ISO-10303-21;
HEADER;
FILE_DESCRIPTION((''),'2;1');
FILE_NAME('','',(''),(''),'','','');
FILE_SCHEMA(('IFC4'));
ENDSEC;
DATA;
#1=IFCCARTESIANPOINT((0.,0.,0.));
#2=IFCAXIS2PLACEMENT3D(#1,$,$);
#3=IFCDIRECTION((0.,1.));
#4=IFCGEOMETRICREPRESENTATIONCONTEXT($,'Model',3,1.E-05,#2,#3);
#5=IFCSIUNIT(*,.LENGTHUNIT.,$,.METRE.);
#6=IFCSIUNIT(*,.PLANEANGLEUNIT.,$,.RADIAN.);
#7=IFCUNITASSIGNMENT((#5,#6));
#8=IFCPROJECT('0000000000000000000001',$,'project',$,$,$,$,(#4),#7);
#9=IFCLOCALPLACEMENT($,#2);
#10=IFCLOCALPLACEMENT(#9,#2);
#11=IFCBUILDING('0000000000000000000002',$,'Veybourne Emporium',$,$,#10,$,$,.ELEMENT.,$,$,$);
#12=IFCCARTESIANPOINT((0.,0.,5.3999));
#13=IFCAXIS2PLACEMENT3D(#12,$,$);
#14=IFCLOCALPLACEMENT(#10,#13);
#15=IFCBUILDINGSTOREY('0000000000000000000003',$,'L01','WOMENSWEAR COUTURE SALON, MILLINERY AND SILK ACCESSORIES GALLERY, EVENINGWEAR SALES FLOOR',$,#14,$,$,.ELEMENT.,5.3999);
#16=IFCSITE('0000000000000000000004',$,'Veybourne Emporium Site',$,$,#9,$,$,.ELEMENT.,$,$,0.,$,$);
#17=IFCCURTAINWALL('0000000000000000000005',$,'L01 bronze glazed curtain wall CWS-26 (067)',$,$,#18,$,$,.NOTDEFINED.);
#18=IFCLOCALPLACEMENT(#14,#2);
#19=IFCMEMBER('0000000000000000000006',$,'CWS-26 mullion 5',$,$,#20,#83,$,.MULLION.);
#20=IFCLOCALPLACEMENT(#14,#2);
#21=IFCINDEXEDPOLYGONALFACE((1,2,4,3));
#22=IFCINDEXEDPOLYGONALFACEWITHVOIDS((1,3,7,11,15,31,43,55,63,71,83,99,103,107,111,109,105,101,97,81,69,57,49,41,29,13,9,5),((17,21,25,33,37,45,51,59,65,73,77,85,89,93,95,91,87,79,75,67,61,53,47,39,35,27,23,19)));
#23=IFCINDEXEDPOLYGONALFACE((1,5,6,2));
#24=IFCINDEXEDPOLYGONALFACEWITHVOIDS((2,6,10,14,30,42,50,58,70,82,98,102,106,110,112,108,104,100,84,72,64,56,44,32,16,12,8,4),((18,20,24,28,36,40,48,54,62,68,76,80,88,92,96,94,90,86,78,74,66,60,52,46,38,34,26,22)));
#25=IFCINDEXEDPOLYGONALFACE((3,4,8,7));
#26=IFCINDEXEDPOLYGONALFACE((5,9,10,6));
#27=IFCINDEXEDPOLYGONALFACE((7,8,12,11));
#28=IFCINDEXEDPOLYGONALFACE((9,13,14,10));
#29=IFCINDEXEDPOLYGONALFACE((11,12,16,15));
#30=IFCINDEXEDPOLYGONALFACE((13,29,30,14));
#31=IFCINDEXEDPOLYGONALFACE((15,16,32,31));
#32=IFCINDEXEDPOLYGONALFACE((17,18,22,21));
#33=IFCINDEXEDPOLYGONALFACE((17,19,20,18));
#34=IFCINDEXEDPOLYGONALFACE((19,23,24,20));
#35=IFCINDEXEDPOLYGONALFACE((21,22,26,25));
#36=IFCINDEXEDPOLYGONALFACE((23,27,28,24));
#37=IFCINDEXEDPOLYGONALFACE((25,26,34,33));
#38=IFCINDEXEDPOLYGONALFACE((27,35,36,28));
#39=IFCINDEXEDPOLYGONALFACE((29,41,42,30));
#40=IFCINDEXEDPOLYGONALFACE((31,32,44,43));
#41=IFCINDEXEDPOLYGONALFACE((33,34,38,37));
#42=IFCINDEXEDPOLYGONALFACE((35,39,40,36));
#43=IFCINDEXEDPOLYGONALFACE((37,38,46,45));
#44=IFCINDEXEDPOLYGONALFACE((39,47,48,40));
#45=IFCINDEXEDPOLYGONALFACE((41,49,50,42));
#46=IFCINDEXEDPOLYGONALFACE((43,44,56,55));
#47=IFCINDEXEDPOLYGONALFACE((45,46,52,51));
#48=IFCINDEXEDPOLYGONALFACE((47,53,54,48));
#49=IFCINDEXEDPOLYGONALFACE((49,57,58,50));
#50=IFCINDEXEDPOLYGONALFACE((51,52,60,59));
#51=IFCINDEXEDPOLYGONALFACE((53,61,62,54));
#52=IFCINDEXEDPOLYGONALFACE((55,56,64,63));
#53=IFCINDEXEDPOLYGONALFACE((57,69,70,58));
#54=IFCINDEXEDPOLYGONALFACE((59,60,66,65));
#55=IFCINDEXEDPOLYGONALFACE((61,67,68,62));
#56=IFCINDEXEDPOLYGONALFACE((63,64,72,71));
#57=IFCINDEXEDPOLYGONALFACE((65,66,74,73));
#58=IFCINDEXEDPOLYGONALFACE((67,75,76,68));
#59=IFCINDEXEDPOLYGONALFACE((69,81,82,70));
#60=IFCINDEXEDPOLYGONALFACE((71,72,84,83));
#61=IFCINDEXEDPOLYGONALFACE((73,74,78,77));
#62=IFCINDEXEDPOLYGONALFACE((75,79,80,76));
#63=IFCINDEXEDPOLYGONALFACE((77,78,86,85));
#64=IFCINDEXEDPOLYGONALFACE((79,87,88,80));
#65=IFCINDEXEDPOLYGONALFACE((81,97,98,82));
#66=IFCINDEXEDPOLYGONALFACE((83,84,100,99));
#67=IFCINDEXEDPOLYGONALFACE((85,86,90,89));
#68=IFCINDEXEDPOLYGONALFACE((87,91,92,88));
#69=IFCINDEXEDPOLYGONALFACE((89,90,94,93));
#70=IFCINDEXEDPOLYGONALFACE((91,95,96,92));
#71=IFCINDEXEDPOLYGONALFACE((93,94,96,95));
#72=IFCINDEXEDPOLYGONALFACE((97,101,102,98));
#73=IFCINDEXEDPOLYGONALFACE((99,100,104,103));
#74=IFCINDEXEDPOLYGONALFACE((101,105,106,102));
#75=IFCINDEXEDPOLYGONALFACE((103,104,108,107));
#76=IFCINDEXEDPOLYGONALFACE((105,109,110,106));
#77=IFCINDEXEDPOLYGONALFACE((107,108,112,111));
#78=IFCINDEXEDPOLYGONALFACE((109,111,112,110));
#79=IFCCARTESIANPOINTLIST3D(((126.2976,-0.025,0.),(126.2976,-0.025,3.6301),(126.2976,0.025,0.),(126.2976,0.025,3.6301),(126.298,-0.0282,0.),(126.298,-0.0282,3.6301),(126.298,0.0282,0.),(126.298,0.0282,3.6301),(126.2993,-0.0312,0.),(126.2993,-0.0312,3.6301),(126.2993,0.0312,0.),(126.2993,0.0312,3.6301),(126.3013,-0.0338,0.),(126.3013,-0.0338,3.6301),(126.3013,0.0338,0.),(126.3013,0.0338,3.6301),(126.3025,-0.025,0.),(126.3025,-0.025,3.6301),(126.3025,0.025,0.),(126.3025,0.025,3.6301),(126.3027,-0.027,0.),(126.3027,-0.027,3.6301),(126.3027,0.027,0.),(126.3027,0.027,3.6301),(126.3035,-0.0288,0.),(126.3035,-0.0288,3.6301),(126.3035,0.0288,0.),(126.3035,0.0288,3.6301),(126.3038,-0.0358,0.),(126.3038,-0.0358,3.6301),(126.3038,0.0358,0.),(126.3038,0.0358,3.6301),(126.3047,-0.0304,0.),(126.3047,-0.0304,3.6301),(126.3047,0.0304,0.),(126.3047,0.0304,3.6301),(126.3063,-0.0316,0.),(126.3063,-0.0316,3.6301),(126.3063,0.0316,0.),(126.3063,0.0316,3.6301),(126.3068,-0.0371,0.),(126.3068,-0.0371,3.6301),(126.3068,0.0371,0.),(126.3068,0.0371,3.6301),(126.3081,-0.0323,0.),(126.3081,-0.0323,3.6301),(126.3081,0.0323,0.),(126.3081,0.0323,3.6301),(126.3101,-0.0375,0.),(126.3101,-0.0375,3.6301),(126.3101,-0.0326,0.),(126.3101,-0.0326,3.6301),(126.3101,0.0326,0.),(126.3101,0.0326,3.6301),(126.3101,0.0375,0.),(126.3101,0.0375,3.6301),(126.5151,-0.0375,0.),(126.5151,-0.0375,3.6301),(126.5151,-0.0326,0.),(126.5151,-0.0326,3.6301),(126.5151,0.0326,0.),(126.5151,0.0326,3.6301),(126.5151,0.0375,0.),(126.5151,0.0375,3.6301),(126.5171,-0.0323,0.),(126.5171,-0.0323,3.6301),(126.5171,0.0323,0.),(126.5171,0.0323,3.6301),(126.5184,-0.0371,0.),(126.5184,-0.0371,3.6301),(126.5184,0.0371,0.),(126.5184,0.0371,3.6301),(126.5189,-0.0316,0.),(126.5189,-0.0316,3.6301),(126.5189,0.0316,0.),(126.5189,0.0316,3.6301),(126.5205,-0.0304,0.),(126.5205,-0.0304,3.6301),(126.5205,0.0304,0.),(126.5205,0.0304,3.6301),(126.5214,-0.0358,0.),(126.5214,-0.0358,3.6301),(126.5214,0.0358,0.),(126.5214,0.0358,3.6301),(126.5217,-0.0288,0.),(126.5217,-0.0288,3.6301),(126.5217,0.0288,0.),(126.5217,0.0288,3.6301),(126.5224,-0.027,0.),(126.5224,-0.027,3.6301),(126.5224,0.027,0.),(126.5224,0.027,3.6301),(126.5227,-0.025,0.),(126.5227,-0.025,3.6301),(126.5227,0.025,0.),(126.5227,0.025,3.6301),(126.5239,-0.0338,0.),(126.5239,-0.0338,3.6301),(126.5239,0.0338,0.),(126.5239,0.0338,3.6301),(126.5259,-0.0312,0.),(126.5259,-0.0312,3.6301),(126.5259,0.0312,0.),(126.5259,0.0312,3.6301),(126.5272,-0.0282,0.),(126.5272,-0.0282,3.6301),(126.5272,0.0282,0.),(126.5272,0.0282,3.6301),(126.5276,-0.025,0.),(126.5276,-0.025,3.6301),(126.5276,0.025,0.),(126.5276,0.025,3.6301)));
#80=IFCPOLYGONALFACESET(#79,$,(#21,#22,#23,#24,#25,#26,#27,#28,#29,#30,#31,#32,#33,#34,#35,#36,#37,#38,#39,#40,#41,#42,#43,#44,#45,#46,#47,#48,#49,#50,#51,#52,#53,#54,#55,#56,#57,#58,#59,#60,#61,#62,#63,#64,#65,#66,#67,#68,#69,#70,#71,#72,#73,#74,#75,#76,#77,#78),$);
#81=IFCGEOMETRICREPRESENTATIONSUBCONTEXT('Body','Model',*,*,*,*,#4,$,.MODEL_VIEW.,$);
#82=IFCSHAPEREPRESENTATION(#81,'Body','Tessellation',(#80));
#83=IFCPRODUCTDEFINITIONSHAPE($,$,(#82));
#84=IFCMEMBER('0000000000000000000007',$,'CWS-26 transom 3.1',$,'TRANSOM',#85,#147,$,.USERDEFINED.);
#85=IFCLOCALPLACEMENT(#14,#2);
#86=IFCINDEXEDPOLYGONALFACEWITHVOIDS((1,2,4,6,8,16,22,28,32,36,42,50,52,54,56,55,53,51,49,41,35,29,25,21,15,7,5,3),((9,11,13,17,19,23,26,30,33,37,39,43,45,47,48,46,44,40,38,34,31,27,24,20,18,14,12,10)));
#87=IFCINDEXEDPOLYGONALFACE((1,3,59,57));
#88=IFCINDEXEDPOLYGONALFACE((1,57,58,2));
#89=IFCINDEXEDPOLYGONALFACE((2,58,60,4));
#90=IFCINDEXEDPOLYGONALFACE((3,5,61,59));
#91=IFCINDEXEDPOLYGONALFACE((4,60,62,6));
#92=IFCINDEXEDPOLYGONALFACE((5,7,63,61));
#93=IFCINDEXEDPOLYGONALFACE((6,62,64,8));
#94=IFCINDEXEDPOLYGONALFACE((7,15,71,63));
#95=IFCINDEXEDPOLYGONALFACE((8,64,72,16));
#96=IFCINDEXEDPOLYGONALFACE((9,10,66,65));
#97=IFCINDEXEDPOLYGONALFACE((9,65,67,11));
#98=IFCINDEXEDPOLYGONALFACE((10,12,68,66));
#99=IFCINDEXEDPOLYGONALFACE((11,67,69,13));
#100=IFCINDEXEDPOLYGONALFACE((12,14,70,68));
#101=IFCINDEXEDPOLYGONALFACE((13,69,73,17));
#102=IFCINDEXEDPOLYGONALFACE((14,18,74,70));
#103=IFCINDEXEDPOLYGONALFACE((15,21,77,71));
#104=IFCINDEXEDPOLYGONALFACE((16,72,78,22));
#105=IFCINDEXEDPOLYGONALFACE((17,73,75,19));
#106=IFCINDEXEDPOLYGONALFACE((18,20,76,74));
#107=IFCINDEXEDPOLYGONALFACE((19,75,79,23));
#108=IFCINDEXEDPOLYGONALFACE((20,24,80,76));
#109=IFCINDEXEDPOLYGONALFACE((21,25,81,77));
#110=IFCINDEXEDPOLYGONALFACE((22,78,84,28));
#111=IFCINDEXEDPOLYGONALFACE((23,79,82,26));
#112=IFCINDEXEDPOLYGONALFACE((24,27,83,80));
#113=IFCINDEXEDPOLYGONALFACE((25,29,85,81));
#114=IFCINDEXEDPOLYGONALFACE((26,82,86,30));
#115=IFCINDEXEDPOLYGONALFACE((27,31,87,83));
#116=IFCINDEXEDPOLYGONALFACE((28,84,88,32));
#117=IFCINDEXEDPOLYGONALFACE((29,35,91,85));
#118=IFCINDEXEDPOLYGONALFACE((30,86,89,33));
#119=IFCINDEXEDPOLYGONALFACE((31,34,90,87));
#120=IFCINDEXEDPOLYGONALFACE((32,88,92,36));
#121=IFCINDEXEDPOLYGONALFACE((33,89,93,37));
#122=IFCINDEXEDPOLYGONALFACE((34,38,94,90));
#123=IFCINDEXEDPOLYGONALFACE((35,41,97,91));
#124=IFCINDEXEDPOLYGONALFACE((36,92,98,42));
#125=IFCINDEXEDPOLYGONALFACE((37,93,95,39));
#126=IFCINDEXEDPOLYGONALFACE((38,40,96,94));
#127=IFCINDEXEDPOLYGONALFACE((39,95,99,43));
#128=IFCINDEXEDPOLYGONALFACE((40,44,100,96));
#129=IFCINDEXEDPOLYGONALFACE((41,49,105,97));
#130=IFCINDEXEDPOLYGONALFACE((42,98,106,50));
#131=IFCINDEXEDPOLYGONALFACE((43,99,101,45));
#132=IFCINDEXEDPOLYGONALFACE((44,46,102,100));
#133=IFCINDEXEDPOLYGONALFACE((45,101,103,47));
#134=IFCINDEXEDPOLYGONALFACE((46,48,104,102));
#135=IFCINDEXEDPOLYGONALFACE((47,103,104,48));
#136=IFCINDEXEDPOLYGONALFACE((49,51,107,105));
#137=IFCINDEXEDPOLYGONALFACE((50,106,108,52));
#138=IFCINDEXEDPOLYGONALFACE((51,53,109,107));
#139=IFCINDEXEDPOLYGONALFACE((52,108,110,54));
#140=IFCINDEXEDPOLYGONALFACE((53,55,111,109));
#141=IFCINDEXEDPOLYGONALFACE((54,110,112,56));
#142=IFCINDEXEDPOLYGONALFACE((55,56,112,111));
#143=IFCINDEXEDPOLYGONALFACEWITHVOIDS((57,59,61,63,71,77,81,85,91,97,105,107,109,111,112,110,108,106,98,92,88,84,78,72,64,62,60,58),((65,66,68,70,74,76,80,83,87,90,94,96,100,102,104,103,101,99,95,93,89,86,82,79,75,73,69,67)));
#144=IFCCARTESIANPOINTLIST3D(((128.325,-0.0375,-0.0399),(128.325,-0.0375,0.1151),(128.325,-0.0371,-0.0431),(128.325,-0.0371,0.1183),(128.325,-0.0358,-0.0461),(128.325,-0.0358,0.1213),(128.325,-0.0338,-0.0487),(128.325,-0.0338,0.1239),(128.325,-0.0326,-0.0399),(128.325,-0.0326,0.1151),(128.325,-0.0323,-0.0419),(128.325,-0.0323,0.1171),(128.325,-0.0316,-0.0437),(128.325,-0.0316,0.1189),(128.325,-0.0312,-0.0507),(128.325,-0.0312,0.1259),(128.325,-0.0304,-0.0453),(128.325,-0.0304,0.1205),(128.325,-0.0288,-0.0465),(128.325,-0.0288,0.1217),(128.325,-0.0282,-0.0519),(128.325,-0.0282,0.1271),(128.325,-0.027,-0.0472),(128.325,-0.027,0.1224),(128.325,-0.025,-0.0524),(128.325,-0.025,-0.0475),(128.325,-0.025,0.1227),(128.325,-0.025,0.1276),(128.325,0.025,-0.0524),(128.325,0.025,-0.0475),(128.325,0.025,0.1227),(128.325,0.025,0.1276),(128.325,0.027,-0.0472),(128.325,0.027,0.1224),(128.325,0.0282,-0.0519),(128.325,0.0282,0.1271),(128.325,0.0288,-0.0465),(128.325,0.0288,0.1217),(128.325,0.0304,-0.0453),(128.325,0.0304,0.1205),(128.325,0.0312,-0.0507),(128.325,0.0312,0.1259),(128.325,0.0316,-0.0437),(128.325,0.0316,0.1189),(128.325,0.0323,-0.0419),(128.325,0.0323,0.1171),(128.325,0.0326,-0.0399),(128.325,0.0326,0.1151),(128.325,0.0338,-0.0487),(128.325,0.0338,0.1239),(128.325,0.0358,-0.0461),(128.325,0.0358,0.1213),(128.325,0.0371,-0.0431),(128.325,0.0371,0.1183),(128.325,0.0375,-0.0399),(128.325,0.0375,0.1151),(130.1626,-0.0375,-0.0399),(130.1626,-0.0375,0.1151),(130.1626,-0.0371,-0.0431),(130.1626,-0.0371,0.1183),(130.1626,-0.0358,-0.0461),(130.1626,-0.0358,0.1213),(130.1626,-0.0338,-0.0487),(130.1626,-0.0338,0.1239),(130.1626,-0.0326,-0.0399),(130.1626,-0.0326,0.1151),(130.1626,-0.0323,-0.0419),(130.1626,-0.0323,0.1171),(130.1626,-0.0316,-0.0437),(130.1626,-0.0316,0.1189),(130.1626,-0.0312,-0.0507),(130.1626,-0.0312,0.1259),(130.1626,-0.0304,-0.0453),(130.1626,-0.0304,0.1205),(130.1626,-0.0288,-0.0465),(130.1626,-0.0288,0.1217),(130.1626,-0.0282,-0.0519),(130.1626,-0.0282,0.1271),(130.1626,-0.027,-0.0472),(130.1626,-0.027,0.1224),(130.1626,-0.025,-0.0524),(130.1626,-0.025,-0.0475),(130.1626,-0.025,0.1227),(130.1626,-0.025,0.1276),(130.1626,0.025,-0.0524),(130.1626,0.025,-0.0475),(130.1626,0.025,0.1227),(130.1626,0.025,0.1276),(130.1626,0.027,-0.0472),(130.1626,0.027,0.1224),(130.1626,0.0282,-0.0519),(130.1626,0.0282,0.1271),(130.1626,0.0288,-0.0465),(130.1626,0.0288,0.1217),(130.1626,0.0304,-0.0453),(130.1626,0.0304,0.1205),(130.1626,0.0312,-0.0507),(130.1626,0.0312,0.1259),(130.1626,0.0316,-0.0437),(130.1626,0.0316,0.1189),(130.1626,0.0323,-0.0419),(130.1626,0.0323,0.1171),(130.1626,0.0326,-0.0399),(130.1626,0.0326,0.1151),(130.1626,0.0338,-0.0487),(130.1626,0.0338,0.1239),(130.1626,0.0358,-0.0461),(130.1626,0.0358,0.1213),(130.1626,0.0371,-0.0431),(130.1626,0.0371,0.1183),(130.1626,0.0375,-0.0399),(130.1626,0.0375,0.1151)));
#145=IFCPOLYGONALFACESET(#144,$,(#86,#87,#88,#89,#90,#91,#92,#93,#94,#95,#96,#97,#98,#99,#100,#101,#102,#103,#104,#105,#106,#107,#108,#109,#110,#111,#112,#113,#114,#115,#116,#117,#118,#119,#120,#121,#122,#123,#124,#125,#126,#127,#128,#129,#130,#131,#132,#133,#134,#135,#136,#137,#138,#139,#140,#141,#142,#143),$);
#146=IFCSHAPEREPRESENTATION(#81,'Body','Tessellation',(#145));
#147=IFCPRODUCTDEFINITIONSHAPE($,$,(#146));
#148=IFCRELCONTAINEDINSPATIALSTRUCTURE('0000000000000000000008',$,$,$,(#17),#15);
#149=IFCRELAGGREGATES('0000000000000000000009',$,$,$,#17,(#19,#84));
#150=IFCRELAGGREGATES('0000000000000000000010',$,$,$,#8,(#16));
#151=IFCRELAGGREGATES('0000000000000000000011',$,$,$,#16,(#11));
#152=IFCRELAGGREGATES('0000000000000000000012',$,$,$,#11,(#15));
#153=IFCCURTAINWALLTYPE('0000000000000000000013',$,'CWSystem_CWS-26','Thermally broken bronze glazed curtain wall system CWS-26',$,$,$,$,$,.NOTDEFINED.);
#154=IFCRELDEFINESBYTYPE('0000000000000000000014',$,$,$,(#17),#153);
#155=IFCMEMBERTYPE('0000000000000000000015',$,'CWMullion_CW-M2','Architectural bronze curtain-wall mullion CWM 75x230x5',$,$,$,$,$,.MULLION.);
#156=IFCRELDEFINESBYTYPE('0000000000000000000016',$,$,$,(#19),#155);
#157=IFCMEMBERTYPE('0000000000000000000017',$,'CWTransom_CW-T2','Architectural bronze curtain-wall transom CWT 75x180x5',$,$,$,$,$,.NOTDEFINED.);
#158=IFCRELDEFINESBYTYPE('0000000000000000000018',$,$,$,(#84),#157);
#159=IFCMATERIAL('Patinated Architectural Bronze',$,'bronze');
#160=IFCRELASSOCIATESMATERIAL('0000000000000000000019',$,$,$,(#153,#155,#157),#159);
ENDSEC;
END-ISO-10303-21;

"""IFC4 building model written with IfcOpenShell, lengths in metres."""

from ifc_helpers import new_model, si_unit, direction, frame, origin, origin_2d, place, context, subcontext, project, spatial, hollow_rectangle, extrude, material, material_profile, profile_set, type_object, element, aggregate, save


model = new_model("IFC4")

# Units and contexts
model_context = context("Model", 3, precision=1e-05, world=origin(), true_north=direction((0.0, 1.0)))
body_context = subcontext(model_context, "Body", "Model", "MODEL_VIEW")
ifc_project = project(units=[si_unit("LENGTHUNIT", "METRE"), si_unit("PLANEANGLEUNIT", "RADIAN")], contexts=[model_context])

# Site, building, storey
site_placement = place(None, origin())
site = spatial("IfcSite", under=ifc_project, at=site_placement, Name="Veybourne Emporium Site", CompositionType="ELEMENT", RefElevation=0.0)
building_placement = place(site_placement, origin())
building = spatial("IfcBuilding", under=site, at=building_placement, Name="Veybourne Emporium", CompositionType="ELEMENT")
storey_placement = place(building_placement, frame((0.0, 0.0, 5.3999)))
storey = spatial("IfcBuildingStorey", under=building, at=storey_placement, Name="L01", Description="WOMENSWEAR COUTURE SALON, MILLINERY AND SILK ACCESSORIES GALLERY, EVENINGWEAR SALES FLOOR", CompositionType="ELEMENT", Elevation=5.3999)

# Curtain wall, members
ifc_material_1 = material(Name="Patinated Architectural Bronze", Category="bronze")
curtain_wall_type = type_object("IfcCurtainWallType", Name="CWSystem_CWS-26", Description="Thermally broken bronze glazed curtain wall system CWS-26", PredefinedType="NOTDEFINED", material=ifc_material_1)
curtain_wall_placement = place(storey_placement, origin())
curtain_wall = element("IfcCurtainWall", 1, at=curtain_wall_placement, inside=storey, type_object=curtain_wall_type, Name="L01 bronze glazed curtain wall CWS-26 (067)", PredefinedType="NOTDEFINED")
ifc_material_profile_1 = material_profile(ifc_material_1, hollow_rectangle(XDim=0.075, YDim=0.23, WallThickness=0.0049, InnerFilletRadius=0.0076, OuterFilletRadius=0.0125, at=origin_2d()), Name="CWM 75x230x5")
ifc_profile_set_1 = profile_set([ifc_material_profile_1], Name="Patinated Architectural Bronze")
member_type_1 = type_object("IfcMemberType", Name="CWMullion_CW-M2", Description="Architectural bronze curtain-wall mullion CWM 75x230x5", PredefinedType="MULLION", material=ifc_profile_set_1)
member_1_placement = place(storey_placement, frame((126.4126, 0.0, 0.0), z_axis=(0.0, 0.0, 1.0), x_axis=(0.0, -1.0, 0.0)))
member_1 = element("IfcMember", 2, at=member_1_placement, type_object=member_type_1, Name="CWS-26 mullion 5", PredefinedType="MULLION", context=body_context, shape_type="SweptSolid", body=[
    extrude(hollow_rectangle(XDim=0.075, YDim=0.23, WallThickness=0.0049, InnerFilletRadius=0.0076, OuterFilletRadius=0.0125, at=origin_2d()), origin(), (0.0, 0.0, 1.0), 3.6301),
])
ifc_material_profile_2 = material_profile(ifc_material_1, hollow_rectangle(XDim=0.075, YDim=0.1799, WallThickness=0.0049, InnerFilletRadius=0.0076, OuterFilletRadius=0.0125, at=origin_2d()), Name="CWT 75x180x5")
ifc_profile_set_2 = profile_set([ifc_material_profile_2], Name="Patinated Architectural Bronze")
member_type_2 = type_object("IfcMemberType", Name="CWTransom_CW-T2", Description="Architectural bronze curtain-wall transom CWT 75x180x5", PredefinedType="NOTDEFINED", material=ifc_profile_set_2)
member_2_placement = place(storey_placement, frame((130.1626, 0.0, 0.0376), z_axis=(-1.0, 0.0, 0.0), x_axis=(0.0, -1.0, 0.0)))
member_2 = element("IfcMember", 3, at=member_2_placement, type_object=member_type_2, Name="CWS-26 transom 3.1", ObjectType="TRANSOM", PredefinedType="USERDEFINED", context=body_context, shape_type="SweptSolid", body=[
    extrude(hollow_rectangle(XDim=0.075, YDim=0.1799, WallThickness=0.0049, InnerFilletRadius=0.0076, OuterFilletRadius=0.0125, at=origin_2d()), origin(), (0.0, 0.0, 1.0), 1.8376),
])

aggregate(curtain_wall, [member_1, member_2])

save(model, "model.ifc")
